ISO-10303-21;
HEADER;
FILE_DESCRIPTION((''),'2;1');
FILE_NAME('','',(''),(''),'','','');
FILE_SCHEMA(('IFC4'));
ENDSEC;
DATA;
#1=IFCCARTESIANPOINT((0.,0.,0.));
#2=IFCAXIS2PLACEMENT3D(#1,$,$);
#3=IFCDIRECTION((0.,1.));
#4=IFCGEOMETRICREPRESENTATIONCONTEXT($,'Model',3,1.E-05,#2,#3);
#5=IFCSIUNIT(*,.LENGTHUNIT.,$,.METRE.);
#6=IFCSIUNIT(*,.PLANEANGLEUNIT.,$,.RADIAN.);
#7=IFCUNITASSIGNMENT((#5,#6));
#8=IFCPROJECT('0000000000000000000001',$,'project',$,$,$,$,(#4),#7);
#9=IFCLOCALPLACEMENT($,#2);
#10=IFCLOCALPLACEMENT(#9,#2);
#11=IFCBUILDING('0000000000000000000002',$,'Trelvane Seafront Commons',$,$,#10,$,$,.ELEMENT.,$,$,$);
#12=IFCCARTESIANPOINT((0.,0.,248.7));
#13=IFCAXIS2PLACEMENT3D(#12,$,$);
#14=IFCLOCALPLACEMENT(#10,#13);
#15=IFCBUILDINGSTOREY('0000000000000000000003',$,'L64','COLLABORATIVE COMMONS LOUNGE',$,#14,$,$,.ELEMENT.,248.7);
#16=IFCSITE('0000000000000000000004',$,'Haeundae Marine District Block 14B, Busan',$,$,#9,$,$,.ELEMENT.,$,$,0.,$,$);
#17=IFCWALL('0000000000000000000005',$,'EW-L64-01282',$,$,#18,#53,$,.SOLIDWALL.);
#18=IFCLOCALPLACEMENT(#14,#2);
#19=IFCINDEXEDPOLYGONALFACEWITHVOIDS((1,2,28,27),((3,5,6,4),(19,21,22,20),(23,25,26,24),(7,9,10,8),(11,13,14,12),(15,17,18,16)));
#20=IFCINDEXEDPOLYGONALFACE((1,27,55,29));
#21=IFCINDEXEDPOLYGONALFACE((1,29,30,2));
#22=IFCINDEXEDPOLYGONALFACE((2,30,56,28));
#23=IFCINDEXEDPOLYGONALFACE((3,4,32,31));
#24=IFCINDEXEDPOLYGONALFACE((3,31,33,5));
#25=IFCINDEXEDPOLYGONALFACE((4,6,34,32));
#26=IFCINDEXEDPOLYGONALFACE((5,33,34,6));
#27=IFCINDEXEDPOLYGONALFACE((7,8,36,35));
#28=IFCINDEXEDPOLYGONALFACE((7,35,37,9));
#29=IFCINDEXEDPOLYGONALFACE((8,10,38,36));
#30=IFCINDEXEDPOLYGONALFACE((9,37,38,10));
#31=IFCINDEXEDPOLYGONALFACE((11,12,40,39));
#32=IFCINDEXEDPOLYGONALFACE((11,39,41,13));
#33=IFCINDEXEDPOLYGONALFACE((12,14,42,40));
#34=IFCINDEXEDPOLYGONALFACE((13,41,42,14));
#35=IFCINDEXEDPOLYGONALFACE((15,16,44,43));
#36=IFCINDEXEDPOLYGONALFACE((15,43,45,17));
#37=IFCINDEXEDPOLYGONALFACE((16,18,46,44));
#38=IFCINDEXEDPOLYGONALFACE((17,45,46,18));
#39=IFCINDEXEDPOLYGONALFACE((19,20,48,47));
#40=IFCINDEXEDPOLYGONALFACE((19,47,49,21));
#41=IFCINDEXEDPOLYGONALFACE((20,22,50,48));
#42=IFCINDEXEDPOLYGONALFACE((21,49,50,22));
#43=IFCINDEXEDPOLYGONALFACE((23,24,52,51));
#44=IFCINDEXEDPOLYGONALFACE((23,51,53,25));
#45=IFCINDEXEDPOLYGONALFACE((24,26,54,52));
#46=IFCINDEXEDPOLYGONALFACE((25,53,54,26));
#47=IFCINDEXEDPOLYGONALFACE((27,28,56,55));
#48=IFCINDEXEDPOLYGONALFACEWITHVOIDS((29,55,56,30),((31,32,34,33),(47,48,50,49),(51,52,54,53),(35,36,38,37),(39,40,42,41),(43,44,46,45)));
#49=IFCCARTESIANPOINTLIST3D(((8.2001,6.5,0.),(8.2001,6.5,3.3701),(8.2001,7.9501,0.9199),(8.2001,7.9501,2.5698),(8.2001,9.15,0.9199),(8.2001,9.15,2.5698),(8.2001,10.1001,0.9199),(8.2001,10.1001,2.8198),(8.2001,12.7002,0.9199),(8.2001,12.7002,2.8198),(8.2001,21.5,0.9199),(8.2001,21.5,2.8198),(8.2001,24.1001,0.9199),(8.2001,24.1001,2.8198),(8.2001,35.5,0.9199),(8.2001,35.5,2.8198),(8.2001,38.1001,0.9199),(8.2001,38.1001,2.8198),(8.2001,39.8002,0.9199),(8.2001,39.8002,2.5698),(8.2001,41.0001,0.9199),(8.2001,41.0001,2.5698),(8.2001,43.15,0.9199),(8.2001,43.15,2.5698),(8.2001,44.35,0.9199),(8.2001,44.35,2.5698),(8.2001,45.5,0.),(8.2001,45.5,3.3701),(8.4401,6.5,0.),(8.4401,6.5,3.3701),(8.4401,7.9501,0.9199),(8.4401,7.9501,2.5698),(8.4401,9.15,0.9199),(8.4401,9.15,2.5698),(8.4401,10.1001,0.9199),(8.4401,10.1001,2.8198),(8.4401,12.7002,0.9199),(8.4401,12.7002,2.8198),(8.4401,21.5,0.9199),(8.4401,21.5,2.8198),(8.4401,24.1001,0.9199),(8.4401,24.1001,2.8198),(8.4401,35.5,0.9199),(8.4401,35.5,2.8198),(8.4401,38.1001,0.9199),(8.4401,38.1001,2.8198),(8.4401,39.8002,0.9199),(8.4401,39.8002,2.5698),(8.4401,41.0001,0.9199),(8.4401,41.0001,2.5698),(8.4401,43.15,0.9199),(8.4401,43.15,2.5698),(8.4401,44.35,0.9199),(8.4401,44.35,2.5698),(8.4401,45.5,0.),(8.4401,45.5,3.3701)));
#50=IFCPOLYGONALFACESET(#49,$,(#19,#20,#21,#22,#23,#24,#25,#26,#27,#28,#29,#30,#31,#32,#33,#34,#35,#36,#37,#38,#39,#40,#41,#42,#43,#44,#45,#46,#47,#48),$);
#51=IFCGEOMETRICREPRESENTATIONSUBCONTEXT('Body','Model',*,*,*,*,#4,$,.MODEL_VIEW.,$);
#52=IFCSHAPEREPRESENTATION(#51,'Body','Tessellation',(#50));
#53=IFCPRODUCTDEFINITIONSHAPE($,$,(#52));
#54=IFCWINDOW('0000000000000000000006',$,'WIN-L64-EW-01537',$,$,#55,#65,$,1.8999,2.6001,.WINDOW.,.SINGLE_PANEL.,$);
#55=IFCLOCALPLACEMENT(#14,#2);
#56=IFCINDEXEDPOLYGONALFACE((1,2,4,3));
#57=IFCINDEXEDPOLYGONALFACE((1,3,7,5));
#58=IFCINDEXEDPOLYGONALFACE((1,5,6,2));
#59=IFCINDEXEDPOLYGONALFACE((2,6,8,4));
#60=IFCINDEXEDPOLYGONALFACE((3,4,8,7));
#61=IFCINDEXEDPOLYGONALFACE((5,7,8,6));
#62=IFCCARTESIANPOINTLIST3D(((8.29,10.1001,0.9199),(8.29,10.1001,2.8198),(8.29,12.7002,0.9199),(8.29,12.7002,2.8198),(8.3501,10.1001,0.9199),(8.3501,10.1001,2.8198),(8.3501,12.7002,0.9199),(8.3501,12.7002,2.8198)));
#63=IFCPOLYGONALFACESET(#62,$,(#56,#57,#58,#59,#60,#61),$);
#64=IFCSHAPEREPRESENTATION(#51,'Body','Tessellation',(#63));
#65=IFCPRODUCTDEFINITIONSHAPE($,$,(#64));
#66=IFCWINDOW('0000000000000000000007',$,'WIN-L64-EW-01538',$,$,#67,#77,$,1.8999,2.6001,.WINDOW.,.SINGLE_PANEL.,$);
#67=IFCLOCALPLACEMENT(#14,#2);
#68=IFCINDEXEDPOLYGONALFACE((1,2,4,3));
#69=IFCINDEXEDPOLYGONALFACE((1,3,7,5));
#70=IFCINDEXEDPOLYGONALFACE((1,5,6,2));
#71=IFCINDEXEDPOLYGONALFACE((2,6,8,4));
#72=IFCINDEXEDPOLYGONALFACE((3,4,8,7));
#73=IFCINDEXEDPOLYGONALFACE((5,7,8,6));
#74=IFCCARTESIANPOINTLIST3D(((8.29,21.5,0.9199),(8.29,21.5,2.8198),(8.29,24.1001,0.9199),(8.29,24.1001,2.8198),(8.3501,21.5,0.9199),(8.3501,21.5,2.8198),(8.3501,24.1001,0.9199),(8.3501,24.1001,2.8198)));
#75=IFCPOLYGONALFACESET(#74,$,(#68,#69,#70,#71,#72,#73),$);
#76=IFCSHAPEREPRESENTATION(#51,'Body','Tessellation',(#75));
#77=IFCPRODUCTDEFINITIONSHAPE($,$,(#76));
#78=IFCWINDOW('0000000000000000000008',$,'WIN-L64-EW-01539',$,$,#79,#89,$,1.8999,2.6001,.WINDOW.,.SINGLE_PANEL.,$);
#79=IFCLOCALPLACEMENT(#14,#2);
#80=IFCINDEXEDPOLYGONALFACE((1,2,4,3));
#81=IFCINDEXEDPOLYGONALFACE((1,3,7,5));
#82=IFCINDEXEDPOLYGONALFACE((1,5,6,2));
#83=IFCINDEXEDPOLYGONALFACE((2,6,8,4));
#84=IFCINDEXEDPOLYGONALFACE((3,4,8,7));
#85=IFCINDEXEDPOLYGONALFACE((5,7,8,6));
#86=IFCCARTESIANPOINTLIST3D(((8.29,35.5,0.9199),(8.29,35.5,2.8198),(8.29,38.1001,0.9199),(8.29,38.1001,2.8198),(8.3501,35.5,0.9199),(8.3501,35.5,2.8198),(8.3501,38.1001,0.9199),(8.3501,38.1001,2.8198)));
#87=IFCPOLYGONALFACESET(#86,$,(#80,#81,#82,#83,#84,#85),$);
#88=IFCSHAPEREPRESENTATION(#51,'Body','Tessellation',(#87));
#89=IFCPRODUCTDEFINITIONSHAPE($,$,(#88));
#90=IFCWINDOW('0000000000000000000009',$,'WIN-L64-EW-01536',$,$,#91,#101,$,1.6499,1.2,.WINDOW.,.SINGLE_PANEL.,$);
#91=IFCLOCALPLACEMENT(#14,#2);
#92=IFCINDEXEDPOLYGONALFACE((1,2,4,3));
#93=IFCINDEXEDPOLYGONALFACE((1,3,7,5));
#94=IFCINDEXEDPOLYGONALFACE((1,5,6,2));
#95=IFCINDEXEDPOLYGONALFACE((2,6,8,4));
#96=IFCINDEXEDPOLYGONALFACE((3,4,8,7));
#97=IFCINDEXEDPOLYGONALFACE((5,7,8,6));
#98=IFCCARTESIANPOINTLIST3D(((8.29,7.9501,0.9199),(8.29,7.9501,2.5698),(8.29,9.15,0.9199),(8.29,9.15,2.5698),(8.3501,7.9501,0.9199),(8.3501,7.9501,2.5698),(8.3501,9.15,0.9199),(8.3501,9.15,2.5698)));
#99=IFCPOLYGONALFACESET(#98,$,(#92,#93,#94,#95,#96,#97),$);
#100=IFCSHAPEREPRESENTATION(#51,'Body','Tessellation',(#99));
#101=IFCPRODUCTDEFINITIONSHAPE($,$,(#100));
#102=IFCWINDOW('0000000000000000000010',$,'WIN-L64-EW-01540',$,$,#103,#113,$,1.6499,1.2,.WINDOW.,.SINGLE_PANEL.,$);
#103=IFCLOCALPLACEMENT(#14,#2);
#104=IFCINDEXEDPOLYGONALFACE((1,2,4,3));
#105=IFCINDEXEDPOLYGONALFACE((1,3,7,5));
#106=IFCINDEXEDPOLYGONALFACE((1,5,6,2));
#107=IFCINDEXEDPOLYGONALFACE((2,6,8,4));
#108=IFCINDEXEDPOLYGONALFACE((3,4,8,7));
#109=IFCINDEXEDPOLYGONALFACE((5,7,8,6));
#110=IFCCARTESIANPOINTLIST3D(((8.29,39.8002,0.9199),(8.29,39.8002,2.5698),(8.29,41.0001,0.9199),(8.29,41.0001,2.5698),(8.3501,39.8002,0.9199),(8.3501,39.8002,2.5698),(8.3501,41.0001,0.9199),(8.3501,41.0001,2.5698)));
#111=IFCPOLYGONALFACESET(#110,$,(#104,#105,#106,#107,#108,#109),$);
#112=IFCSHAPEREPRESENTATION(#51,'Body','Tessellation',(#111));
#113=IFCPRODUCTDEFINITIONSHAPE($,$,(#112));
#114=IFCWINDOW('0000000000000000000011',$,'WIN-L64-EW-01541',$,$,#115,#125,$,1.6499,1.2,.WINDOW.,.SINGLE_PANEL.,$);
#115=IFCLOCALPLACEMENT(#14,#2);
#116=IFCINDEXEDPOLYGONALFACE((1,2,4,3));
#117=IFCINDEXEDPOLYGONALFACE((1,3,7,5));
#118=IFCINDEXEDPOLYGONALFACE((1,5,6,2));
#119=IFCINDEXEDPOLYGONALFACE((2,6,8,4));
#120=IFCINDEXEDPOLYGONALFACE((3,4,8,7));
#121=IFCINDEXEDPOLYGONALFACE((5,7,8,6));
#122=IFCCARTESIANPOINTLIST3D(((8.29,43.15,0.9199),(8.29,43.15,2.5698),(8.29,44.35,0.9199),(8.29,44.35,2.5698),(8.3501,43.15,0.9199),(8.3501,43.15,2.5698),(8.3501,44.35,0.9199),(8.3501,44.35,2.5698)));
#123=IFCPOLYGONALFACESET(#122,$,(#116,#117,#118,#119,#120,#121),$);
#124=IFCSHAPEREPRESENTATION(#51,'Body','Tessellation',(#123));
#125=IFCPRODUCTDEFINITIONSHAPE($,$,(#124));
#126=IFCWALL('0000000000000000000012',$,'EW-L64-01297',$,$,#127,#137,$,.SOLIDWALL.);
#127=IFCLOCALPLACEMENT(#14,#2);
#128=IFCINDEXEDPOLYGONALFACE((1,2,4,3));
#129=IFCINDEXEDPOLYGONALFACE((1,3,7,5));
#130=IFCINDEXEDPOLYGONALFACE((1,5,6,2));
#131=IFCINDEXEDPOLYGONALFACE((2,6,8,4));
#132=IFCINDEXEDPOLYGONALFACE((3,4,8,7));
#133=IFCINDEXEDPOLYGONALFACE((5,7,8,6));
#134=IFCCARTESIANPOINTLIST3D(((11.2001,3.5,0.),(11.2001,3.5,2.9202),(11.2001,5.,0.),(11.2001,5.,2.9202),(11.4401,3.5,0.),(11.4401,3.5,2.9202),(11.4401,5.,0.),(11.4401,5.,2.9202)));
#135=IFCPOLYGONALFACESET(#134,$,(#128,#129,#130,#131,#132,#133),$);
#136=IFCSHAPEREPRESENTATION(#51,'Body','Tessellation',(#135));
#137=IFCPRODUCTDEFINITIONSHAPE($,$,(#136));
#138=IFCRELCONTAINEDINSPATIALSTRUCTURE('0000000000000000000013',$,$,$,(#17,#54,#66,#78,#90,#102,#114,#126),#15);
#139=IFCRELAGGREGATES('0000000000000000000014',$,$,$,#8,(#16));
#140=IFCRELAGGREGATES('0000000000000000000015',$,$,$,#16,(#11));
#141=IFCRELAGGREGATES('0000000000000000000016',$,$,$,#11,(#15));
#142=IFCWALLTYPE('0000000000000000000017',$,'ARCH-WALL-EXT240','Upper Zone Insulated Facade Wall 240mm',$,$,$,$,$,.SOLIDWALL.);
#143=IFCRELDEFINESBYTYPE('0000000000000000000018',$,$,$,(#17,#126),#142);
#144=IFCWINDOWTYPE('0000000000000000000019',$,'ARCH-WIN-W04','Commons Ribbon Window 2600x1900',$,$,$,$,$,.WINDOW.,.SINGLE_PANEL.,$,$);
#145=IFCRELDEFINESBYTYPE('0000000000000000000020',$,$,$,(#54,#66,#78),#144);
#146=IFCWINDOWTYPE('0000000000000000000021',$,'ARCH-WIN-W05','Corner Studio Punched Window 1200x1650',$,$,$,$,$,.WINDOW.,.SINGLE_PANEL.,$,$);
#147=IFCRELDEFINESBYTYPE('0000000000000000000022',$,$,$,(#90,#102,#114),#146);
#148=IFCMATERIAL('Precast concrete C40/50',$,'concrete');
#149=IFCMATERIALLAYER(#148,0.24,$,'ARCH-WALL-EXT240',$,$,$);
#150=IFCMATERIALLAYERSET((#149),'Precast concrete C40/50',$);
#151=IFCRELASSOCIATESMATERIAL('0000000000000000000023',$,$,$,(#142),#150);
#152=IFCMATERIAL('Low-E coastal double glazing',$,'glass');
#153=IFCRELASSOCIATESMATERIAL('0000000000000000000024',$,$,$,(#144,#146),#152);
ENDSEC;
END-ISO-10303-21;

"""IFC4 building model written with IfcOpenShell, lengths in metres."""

from ifc_helpers import new_model, si_unit, direction, frame, frame_2d, origin, place, context, subcontext, project, spatial, rectangle, extrude, source, transform, mapped, material, layer, layer_set, type_object, element, fill, save


model = new_model("IFC4")

# Units and contexts
model_context = context("Model", 3, precision=1e-05, world=origin(), true_north=direction((0.0, 1.0)))
body_context = subcontext(model_context, "Body", "Model", "MODEL_VIEW")
ifc_project = project(units=[si_unit("LENGTHUNIT", "METRE"), si_unit("PLANEANGLEUNIT", "RADIAN")], contexts=[model_context])

# Site, building, storey
site_placement = place(None, origin())
site = spatial("IfcSite", under=ifc_project, at=site_placement, Name="Haeundae Marine District Block 14B, Busan", CompositionType="ELEMENT", RefElevation=0.0)
building_placement = place(site_placement, origin())
building = spatial("IfcBuilding", under=site, at=building_placement, Name="Trelvane Seafront Commons", CompositionType="ELEMENT")
storey_placement = place(building_placement, frame((0.0, 0.0, 248.7)))
storey = spatial("IfcBuildingStorey", under=building, at=storey_placement, Name="L64", Description="COLLABORATIVE COMMONS LOUNGE", CompositionType="ELEMENT", Elevation=248.7)

# Shared definitions
ifc_material_1 = material(Name="Precast concrete C40/50", Category="concrete")
ifc_layer_1 = layer(ifc_material_1, 0.24, Name="ARCH-WALL-EXT240")
ifc_layer_set_1 = layer_set([ifc_layer_1], Name="Precast concrete C40/50")
wall_type_1 = type_object("IfcWallType", Name="ARCH-WALL-EXT240", Description="Upper Zone Insulated Facade Wall 240mm", PredefinedType="SOLIDWALL", material=ifc_layer_set_1)

# Wall, openings, windows
wall_1_placement = place(storey_placement, frame((8.3201, 6.5, 0.0), z_axis=(0.0, 0.0, 1.0), x_axis=(0.0, 1.0, 0.0)))
wall_1 = element("IfcWall", 1, at=wall_1_placement, inside=storey, type_object=wall_type_1, Name="EW-L64-01282", PredefinedType="SOLIDWALL", context=body_context, shape_type="SweptSolid", body=[
    extrude(rectangle(XDim=39.0, YDim=0.24, at=frame_2d((19.5, 0.0))), origin(), (0.0, 0.0, 1.0), 3.3701),
])
opening_1_placement = place(wall_1_placement, frame((1.45, 0.0, 0.9199)))
opening_1 = element("IfcOpeningElement", 2, at=opening_1_placement, cuts=wall_1, PredefinedType="OPENING", context=body_context, shape_type="SweptSolid", body=[
    extrude(rectangle(XDim=1.2, YDim=1.6499, at=frame_2d((0.6001, 0.825))), frame((0.0, 0.1299, 0.0), z_axis=(0.0, -1.0, 0.0), x_axis=(1.0, 0.0, 0.0)), (0.0, 0.0, 1.0), 0.26),
])
opening_2_placement = place(wall_1_placement, frame((3.6001, 0.0, 0.9199)))
opening_2 = element("IfcOpeningElement", 3, at=opening_2_placement, cuts=wall_1, PredefinedType="OPENING", context=body_context, shape_type="SweptSolid", body=[
    extrude(rectangle(XDim=2.6001, YDim=1.8999, at=frame_2d((1.3, 0.95))), frame((0.0, 0.1299, 0.0), z_axis=(0.0, -1.0, 0.0), x_axis=(1.0, 0.0, 0.0)), (0.0, 0.0, 1.0), 0.26),
])
opening_3_placement = place(wall_1_placement, frame((15.0, 0.0, 0.9199)))
opening_3 = element("IfcOpeningElement", 4, at=opening_3_placement, cuts=wall_1, PredefinedType="OPENING", context=body_context, shape_type="SweptSolid", body=[
    extrude(rectangle(XDim=2.6001, YDim=1.8999, at=frame_2d((1.3, 0.95))), frame((0.0, 0.1299, 0.0), z_axis=(0.0, -1.0, 0.0), x_axis=(1.0, 0.0, 0.0)), (0.0, 0.0, 1.0), 0.26),
])
opening_4_placement = place(wall_1_placement, frame((29.0, 0.0, 0.9199)))
opening_4 = element("IfcOpeningElement", 5, at=opening_4_placement, cuts=wall_1, PredefinedType="OPENING", context=body_context, shape_type="SweptSolid", body=[
    extrude(rectangle(XDim=2.6001, YDim=1.8999, at=frame_2d((1.3, 0.95))), frame((0.0, 0.1299, 0.0), z_axis=(0.0, -1.0, 0.0), x_axis=(1.0, 0.0, 0.0)), (0.0, 0.0, 1.0), 0.26),
])
opening_5_placement = place(wall_1_placement, frame((33.3, 0.0, 0.9199)))
opening_5 = element("IfcOpeningElement", 6, at=opening_5_placement, cuts=wall_1, PredefinedType="OPENING", context=body_context, shape_type="SweptSolid", body=[
    extrude(rectangle(XDim=1.2, YDim=1.6499, at=frame_2d((0.6001, 0.825))), frame((0.0, 0.1299, 0.0), z_axis=(0.0, -1.0, 0.0), x_axis=(1.0, 0.0, 0.0)), (0.0, 0.0, 1.0), 0.26),
])
opening_6_placement = place(wall_1_placement, frame((36.6499, 0.0, 0.9199)))
opening_6 = element("IfcOpeningElement", 7, at=opening_6_placement, cuts=wall_1, PredefinedType="OPENING", context=body_context, shape_type="SweptSolid", body=[
    extrude(rectangle(XDim=1.2, YDim=1.6499, at=frame_2d((0.6001, 0.825))), frame((0.0, 0.1299, 0.0), z_axis=(0.0, -1.0, 0.0), x_axis=(1.0, 0.0, 0.0)), (0.0, 0.0, 1.0), 0.26),
])
ifc_material_2 = material(Name="Low-E coastal double glazing", Category="glass")
window_type_1 = type_object("IfcWindowType", Name="ARCH-WIN-W04", Description="Commons Ribbon Window 2600x1900", PartitioningType="SINGLE_PANEL", PredefinedType="WINDOW", material=ifc_material_2)
shared_shape_1 = source(origin(), body_context, "Body", "SweptSolid", [
    extrude(rectangle(XDim=2.6001, YDim=1.8999, at=frame_2d((1.3, 0.95))), frame((0.0, 0.03, 0.0), z_axis=(0.0, -1.0, 0.0), x_axis=(1.0, 0.0, 0.0)), (0.0, 0.0, 1.0), 0.0601),
])
window_1_placement = place(opening_2_placement, origin())
window_1 = element("IfcWindow", 8, at=window_1_placement, inside=storey, type_object=window_type_1, Name="WIN-L64-EW-01537", OverallHeight=1.8999, OverallWidth=2.6001, PartitioningType="SINGLE_PANEL", PredefinedType="WINDOW", context=body_context, shape_type="MappedRepresentation", body=[
    mapped(shared_shape_1, transform((0.0, 0.0, 0.0), x_axis=(1.0, 0.0, 0.0), y_axis=(0.0, 1.0, 0.0), z_axis=(0.0, 0.0, 1.0), scale=1.0)),
])
fill(opening_2, window_1)
window_2_placement = place(opening_3_placement, origin())
window_2 = element("IfcWindow", 9, at=window_2_placement, inside=storey, type_object=window_type_1, Name="WIN-L64-EW-01538", OverallHeight=1.8999, OverallWidth=2.6001, PartitioningType="SINGLE_PANEL", PredefinedType="WINDOW", context=body_context, shape_type="MappedRepresentation", body=[
    mapped(shared_shape_1, transform((0.0, 0.0, 0.0), x_axis=(1.0, 0.0, 0.0), y_axis=(0.0, 1.0, 0.0), z_axis=(0.0, 0.0, 1.0), scale=1.0)),
])
fill(opening_3, window_2)
window_3_placement = place(opening_4_placement, origin())
window_3 = element("IfcWindow", 10, at=window_3_placement, inside=storey, type_object=window_type_1, Name="WIN-L64-EW-01539", OverallHeight=1.8999, OverallWidth=2.6001, PartitioningType="SINGLE_PANEL", PredefinedType="WINDOW", context=body_context, shape_type="MappedRepresentation", body=[
    mapped(shared_shape_1, transform((0.0, 0.0, 0.0), x_axis=(1.0, 0.0, 0.0), y_axis=(0.0, 1.0, 0.0), z_axis=(0.0, 0.0, 1.0), scale=1.0)),
])
fill(opening_4, window_3)
window_type_2 = type_object("IfcWindowType", Name="ARCH-WIN-W05", Description="Corner Studio Punched Window 1200x1650", PartitioningType="SINGLE_PANEL", PredefinedType="WINDOW", material=ifc_material_2)
shared_shape_2 = source(origin(), body_context, "Body", "SweptSolid", [
    extrude(rectangle(XDim=1.2, YDim=1.6499, at=frame_2d((0.6001, 0.825))), frame((0.0, 0.03, 0.0), z_axis=(0.0, -1.0, 0.0), x_axis=(1.0, 0.0, 0.0)), (0.0, 0.0, 1.0), 0.0601),
])
window_4_placement = place(opening_1_placement, origin())
window_4 = element("IfcWindow", 11, at=window_4_placement, inside=storey, type_object=window_type_2, Name="WIN-L64-EW-01536", OverallHeight=1.6499, OverallWidth=1.2, PartitioningType="SINGLE_PANEL", PredefinedType="WINDOW", context=body_context, shape_type="MappedRepresentation", body=[
    mapped(shared_shape_2, transform((0.0, 0.0, 0.0), x_axis=(1.0, 0.0, 0.0), y_axis=(0.0, 1.0, 0.0), z_axis=(0.0, 0.0, 1.0), scale=1.0)),
])
fill(opening_1, window_4)
window_5_placement = place(opening_5_placement, origin())
window_5 = element("IfcWindow", 12, at=window_5_placement, inside=storey, type_object=window_type_2, Name="WIN-L64-EW-01540", OverallHeight=1.6499, OverallWidth=1.2, PartitioningType="SINGLE_PANEL", PredefinedType="WINDOW", context=body_context, shape_type="MappedRepresentation", body=[
    mapped(shared_shape_2, transform((0.0, 0.0, 0.0), x_axis=(1.0, 0.0, 0.0), y_axis=(0.0, 1.0, 0.0), z_axis=(0.0, 0.0, 1.0), scale=1.0)),
])
fill(opening_5, window_5)
window_6_placement = place(opening_6_placement, origin())
window_6 = element("IfcWindow", 13, at=window_6_placement, inside=storey, type_object=window_type_2, Name="WIN-L64-EW-01541", OverallHeight=1.6499, OverallWidth=1.2, PartitioningType="SINGLE_PANEL", PredefinedType="WINDOW", context=body_context, shape_type="MappedRepresentation", body=[
    mapped(shared_shape_2, transform((0.0, 0.0, 0.0), x_axis=(1.0, 0.0, 0.0), y_axis=(0.0, 1.0, 0.0), z_axis=(0.0, 0.0, 1.0), scale=1.0)),
])
fill(opening_6, window_6)

# Wall
wall_2_placement = place(storey_placement, frame((11.3201, 3.5, 0.0), z_axis=(0.0, 0.0, 1.0), x_axis=(0.0, 1.0, 0.0)))
element("IfcWall", 14, at=wall_2_placement, inside=storey, type_object=wall_type_1, Name="EW-L64-01297", PredefinedType="SOLIDWALL", context=body_context, shape_type="SweptSolid", body=[
    extrude(rectangle(XDim=1.5, YDim=0.24, at=frame_2d((0.75, 0.0))), origin(), (0.0, 0.0, 1.0), 2.9202),
])

save(model, "model.ifc")
